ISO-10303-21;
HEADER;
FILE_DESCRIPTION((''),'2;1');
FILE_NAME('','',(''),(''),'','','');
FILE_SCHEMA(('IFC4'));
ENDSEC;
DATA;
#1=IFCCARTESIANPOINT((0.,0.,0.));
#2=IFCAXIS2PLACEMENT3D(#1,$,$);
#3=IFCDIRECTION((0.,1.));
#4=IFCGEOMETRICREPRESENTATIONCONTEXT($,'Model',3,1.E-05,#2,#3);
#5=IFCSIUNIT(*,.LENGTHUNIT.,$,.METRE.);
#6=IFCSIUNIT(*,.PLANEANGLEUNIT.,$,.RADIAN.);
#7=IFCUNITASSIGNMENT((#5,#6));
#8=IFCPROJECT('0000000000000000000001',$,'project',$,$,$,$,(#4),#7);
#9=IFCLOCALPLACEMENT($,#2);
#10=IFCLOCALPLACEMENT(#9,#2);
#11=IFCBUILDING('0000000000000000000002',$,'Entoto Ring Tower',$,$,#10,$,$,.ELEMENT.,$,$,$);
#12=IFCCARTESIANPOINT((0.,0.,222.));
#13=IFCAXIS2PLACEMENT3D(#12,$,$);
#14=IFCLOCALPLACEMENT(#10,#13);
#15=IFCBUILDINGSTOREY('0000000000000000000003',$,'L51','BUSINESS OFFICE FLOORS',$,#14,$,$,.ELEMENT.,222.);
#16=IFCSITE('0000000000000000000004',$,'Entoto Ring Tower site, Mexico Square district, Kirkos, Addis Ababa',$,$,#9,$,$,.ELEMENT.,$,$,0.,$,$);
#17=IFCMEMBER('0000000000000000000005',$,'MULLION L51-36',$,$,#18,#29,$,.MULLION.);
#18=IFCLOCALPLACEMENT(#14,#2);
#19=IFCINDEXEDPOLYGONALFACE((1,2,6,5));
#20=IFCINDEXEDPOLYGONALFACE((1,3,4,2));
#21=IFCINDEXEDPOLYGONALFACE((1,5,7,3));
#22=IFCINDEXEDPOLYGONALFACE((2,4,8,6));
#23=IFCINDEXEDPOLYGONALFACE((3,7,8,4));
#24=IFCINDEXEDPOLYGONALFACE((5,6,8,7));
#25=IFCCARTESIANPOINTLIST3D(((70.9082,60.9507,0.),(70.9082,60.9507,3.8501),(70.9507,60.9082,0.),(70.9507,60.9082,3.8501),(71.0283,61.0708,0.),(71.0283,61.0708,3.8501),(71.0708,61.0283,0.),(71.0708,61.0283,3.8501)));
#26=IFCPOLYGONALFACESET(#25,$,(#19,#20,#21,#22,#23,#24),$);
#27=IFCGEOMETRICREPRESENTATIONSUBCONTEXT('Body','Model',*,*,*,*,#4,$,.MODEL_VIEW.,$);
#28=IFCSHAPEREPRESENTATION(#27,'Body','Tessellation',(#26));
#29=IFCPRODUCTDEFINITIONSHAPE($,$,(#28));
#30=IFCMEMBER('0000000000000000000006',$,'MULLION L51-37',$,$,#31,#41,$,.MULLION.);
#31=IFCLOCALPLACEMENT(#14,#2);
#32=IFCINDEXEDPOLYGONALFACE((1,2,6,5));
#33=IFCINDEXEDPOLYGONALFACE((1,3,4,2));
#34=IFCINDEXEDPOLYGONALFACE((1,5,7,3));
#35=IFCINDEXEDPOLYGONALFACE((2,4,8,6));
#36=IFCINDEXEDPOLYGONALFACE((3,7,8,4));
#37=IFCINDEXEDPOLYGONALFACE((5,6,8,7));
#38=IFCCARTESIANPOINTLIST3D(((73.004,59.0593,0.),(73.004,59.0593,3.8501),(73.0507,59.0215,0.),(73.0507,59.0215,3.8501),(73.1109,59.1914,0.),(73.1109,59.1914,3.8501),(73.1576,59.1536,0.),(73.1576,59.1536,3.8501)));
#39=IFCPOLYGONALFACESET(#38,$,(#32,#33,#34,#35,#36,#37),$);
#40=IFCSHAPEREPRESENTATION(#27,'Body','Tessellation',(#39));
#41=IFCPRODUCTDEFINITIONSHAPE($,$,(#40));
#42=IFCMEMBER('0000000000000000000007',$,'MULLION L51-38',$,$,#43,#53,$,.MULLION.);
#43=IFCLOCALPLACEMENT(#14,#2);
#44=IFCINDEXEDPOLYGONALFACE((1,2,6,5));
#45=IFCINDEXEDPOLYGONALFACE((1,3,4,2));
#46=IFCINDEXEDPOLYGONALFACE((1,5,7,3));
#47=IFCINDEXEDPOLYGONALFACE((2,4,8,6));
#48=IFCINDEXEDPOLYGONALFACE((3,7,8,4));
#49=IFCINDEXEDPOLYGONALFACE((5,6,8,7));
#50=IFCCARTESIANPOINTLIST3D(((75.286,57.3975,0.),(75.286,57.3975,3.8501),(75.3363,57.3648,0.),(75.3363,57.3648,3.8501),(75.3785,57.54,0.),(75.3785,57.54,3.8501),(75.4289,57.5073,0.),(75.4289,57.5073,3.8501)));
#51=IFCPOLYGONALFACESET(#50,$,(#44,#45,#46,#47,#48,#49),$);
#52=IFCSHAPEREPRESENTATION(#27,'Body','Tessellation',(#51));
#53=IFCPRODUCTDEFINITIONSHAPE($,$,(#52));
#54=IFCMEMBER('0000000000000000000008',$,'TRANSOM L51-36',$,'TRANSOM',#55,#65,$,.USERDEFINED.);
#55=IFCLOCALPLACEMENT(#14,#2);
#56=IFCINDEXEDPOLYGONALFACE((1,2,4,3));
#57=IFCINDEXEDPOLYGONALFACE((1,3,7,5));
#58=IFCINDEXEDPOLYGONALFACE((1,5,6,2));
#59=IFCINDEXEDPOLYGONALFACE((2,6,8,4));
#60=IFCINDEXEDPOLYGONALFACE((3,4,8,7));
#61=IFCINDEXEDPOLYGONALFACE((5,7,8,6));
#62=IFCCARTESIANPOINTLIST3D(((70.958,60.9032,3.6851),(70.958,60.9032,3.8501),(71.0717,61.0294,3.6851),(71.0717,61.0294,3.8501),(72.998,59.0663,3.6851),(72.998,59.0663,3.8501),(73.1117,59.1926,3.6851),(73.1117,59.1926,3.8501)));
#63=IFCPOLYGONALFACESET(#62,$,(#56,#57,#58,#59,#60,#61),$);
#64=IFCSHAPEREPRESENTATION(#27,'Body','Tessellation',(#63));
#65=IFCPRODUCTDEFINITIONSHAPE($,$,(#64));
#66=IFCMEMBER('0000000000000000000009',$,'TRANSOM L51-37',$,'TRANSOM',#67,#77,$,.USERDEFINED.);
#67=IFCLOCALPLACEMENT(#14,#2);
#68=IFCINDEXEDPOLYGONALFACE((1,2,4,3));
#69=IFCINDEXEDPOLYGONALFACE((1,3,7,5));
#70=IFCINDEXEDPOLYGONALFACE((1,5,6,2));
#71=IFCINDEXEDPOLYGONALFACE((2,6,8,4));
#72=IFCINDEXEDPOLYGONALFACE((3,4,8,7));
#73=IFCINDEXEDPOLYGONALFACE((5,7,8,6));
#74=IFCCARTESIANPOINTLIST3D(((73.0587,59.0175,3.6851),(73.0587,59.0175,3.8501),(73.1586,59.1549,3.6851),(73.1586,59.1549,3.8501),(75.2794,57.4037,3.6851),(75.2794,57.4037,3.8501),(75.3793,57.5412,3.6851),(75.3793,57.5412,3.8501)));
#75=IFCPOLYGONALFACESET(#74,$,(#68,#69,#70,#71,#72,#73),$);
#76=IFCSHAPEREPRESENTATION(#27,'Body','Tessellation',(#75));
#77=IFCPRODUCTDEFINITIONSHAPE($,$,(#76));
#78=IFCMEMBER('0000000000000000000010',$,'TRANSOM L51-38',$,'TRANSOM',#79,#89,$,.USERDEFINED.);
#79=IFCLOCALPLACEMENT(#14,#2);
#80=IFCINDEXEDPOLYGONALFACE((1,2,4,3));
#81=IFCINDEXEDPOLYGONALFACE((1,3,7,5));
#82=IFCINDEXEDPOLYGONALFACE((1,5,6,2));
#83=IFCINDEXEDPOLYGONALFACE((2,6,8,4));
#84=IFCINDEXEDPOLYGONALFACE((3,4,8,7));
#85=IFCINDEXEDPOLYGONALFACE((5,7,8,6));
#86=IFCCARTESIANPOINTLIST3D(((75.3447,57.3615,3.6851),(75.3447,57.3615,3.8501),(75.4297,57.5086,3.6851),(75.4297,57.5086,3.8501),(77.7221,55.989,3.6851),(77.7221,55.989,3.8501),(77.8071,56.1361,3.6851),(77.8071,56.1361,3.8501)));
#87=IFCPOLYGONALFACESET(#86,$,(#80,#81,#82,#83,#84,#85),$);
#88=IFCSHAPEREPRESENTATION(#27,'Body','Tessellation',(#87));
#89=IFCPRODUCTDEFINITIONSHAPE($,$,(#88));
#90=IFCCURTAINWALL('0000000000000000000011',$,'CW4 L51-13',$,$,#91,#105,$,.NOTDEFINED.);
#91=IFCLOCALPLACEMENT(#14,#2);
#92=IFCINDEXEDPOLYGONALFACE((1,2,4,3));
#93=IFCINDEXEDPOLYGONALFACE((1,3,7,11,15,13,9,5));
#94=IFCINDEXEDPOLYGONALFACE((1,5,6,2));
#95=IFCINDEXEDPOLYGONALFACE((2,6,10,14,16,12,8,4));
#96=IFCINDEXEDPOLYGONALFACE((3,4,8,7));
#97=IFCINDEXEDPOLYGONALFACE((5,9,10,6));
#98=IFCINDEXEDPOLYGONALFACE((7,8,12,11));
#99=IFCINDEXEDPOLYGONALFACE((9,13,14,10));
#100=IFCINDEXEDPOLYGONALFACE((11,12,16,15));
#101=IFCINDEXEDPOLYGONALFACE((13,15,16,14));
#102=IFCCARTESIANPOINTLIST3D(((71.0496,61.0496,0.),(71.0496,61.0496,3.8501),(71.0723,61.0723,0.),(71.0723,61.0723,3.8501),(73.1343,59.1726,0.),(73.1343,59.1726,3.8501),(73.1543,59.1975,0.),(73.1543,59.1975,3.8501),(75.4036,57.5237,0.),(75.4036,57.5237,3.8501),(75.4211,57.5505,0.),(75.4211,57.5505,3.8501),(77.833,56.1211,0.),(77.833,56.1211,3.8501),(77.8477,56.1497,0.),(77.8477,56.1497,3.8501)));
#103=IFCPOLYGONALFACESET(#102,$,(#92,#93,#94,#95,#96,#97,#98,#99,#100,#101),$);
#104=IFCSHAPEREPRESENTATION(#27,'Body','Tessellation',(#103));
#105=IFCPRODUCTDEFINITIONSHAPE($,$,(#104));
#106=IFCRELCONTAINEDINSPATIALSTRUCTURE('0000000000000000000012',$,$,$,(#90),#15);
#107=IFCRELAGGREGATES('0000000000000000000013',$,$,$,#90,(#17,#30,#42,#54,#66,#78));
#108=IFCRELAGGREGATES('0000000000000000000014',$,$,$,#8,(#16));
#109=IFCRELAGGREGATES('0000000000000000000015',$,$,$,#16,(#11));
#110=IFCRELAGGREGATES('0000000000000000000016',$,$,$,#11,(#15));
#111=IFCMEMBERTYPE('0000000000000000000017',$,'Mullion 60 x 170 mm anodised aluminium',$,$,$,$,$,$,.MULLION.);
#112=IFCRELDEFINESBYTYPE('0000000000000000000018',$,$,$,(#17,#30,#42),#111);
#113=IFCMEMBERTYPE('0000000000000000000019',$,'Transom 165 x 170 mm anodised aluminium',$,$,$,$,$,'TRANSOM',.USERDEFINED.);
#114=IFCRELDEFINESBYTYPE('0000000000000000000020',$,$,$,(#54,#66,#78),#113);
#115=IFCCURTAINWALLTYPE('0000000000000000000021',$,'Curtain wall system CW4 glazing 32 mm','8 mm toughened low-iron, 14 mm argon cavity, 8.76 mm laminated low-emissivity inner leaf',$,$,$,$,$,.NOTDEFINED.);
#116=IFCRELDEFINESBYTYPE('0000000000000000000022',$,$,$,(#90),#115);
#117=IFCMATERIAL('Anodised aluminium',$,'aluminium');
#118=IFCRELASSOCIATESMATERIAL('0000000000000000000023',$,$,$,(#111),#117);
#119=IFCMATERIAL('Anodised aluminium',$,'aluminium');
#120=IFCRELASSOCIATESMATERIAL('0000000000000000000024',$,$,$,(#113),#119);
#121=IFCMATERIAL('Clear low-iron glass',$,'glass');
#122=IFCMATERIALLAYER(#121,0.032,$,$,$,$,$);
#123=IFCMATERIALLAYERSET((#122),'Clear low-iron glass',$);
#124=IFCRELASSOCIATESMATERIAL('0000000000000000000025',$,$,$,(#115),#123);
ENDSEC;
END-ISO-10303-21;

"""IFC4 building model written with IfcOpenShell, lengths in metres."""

from ifc_helpers import new_model, si_unit, direction, frame, origin, origin_2d, place, context, subcontext, project, spatial, polyline, rectangle, outline, extrude, material, layer, layer_set, material_profile, profile_set, type_object, element, aggregate, save


model = new_model("IFC4")

# Units and contexts
model_context = context("Model", 3, precision=1e-05, world=origin(), true_north=direction((0.0, 1.0)))
body_context = subcontext(model_context, "Body", "Model", "MODEL_VIEW")
ifc_project = project(units=[si_unit("LENGTHUNIT", "METRE"), si_unit("PLANEANGLEUNIT", "RADIAN")], contexts=[model_context])

# Members
ifc_material_1 = material(Name="Anodised aluminium", Category="aluminium")
ifc_material_profile_1 = material_profile(ifc_material_1, rectangle(XDim=0.0601, YDim=0.1699, at=origin_2d()), Name="Mullion 60 x 170 mm anodised aluminium")
ifc_profile_set_1 = profile_set([ifc_material_profile_1], Name="Anodised aluminium")
member_type_1 = type_object("IfcMemberType", Name="Mullion 60 x 170 mm anodised aluminium", PredefinedType="MULLION", material=ifc_profile_set_1)
site_placement = place(None, origin())
building_placement = place(site_placement, origin())
storey_placement = place(building_placement, frame((0.0, 0.0, 222.0)))
member_1_placement = place(storey_placement, frame((70.9895, 60.9895, 0.0), z_axis=(0.0, 0.0, 1.0), x_axis=(0.707107, -0.707107, 0.0)))
member_1 = element("IfcMember", 1, at=member_1_placement, type_object=member_type_1, Name="MULLION L51-36", PredefinedType="MULLION", context=body_context, shape_type="SweptSolid", body=[
    extrude(rectangle(XDim=0.0601, YDim=0.1699, at=origin_2d()), origin(), (0.0, 0.0, 1.0), 3.8501),
])
member_2_placement = place(storey_placement, frame((73.0808, 59.1064, 0.0), z_axis=(0.0, 0.0, 1.0), x_axis=(0.777146, -0.62932, 0.0)))
member_2 = element("IfcMember", 2, at=member_2_placement, type_object=member_type_1, Name="MULLION L51-37", PredefinedType="MULLION", context=body_context, shape_type="SweptSolid", body=[
    extrude(rectangle(XDim=0.0601, YDim=0.1699, at=origin_2d()), origin(), (0.0, 0.0, 1.0), 3.8501),
])
member_3_placement = place(storey_placement, frame((75.3574, 57.4524, 0.0), z_axis=(0.0, 0.0, 1.0), x_axis=(0.838671, -0.544639, 0.0)))
member_3 = element("IfcMember", 3, at=member_3_placement, type_object=member_type_1, Name="MULLION L51-38", PredefinedType="MULLION", context=body_context, shape_type="SweptSolid", body=[
    extrude(rectangle(XDim=0.0601, YDim=0.1699, at=origin_2d()), origin(), (0.0, 0.0, 1.0), 3.8501),
])
ifc_material_2 = material(Name="Anodised aluminium", Category="aluminium")
ifc_material_profile_2 = material_profile(ifc_material_2, rectangle(XDim=0.1699, YDim=0.165, at=origin_2d()), Name="Transom 165 x 170 mm anodised aluminium")
ifc_profile_set_2 = profile_set([ifc_material_profile_2], Name="Anodised aluminium")
member_type_2 = type_object("IfcMemberType", Name="Transom 165 x 170 mm anodised aluminium", ElementType="TRANSOM", PredefinedType="USERDEFINED", material=ifc_profile_set_2)
member_4_placement = place(storey_placement, frame((71.0149, 60.9663, 3.7676), z_axis=(0.743135, -0.669142, 0.0), x_axis=(0.669142, 0.743135, 0.0)))
member_4 = element("IfcMember", 4, at=member_4_placement, type_object=member_type_2, Name="TRANSOM L51-36", ObjectType="TRANSOM", PredefinedType="USERDEFINED", context=body_context, shape_type="SweptSolid", body=[
    extrude(rectangle(XDim=0.1699, YDim=0.165, at=origin_2d()), origin(), (0.0, 0.0, 1.0), 2.7451),
])
member_5_placement = place(storey_placement, frame((73.1086, 59.0862, 3.7676), z_axis=(0.808959, -0.587865, 0.0), x_axis=(0.587865, 0.808959, 0.0)))
member_5 = element("IfcMember", 5, at=member_5_placement, type_object=member_type_2, Name="TRANSOM L51-37", ObjectType="TRANSOM", PredefinedType="USERDEFINED", context=body_context, shape_type="SweptSolid", body=[
    extrude(rectangle(XDim=0.1699, YDim=0.165, at=origin_2d()), origin(), (0.0, 0.0, 1.0), 2.7451),
])
member_6_placement = place(storey_placement, frame((75.3872, 57.4351, 3.7676), z_axis=(0.866035, -0.499984, 0.0), x_axis=(0.499984, 0.866035, 0.0)))
member_6 = element("IfcMember", 6, at=member_6_placement, type_object=member_type_2, Name="TRANSOM L51-38", ObjectType="TRANSOM", PredefinedType="USERDEFINED", context=body_context, shape_type="SweptSolid", body=[
    extrude(rectangle(XDim=0.1699, YDim=0.165, at=origin_2d()), origin(), (0.0, 0.0, 1.0), 2.7451),
])

# Site, building, storey
site = spatial("IfcSite", under=ifc_project, at=site_placement, Name="Entoto Ring Tower site, Mexico Square district, Kirkos, Addis Ababa", CompositionType="ELEMENT", RefElevation=0.0)
building = spatial("IfcBuilding", under=site, at=building_placement, Name="Entoto Ring Tower", CompositionType="ELEMENT")
storey = spatial("IfcBuildingStorey", under=building, at=storey_placement, Name="L51", Description="BUSINESS OFFICE FLOORS", CompositionType="ELEMENT", Elevation=222.0)

# Curtain wall
ifc_material_3 = material(Name="Clear low-iron glass", Category="glass")
ifc_layer = layer(ifc_material_3, 0.032)
ifc_layer_set = layer_set([ifc_layer], Name="Clear low-iron glass")
curtain_wall_type = type_object("IfcCurtainWallType", Name="Curtain wall system CW4 glazing 32 mm", Description="8 mm toughened low-iron, 14 mm argon cavity, 8.76 mm laminated low-emissivity inner leaf", PredefinedType="NOTDEFINED", material=ifc_layer_set)
curtain_wall_1_placement = place(storey_placement, origin())
curtain_wall_1 = element("IfcCurtainWall", 7, at=curtain_wall_1_placement, inside=storey, type_object=curtain_wall_type, Name="CW4 L51-13", PredefinedType="NOTDEFINED", context=body_context, shape_type="SweptSolid", body=[
    extrude(outline(polyline([(71.0496, 61.0496), (73.1343, 59.1726), (75.4036, 57.5237), (77.833, 56.1211), (77.8477, 56.1497), (75.4211, 57.5505), (73.1543, 59.1975), (71.0723, 61.0723), (71.0496, 61.0496)])), origin(), (0.0, 0.0, 1.0), 3.8501),
])
aggregate(curtain_wall_1, [member_1, member_2, member_3, member_4, member_5, member_6])

save(model, "model.ifc")
